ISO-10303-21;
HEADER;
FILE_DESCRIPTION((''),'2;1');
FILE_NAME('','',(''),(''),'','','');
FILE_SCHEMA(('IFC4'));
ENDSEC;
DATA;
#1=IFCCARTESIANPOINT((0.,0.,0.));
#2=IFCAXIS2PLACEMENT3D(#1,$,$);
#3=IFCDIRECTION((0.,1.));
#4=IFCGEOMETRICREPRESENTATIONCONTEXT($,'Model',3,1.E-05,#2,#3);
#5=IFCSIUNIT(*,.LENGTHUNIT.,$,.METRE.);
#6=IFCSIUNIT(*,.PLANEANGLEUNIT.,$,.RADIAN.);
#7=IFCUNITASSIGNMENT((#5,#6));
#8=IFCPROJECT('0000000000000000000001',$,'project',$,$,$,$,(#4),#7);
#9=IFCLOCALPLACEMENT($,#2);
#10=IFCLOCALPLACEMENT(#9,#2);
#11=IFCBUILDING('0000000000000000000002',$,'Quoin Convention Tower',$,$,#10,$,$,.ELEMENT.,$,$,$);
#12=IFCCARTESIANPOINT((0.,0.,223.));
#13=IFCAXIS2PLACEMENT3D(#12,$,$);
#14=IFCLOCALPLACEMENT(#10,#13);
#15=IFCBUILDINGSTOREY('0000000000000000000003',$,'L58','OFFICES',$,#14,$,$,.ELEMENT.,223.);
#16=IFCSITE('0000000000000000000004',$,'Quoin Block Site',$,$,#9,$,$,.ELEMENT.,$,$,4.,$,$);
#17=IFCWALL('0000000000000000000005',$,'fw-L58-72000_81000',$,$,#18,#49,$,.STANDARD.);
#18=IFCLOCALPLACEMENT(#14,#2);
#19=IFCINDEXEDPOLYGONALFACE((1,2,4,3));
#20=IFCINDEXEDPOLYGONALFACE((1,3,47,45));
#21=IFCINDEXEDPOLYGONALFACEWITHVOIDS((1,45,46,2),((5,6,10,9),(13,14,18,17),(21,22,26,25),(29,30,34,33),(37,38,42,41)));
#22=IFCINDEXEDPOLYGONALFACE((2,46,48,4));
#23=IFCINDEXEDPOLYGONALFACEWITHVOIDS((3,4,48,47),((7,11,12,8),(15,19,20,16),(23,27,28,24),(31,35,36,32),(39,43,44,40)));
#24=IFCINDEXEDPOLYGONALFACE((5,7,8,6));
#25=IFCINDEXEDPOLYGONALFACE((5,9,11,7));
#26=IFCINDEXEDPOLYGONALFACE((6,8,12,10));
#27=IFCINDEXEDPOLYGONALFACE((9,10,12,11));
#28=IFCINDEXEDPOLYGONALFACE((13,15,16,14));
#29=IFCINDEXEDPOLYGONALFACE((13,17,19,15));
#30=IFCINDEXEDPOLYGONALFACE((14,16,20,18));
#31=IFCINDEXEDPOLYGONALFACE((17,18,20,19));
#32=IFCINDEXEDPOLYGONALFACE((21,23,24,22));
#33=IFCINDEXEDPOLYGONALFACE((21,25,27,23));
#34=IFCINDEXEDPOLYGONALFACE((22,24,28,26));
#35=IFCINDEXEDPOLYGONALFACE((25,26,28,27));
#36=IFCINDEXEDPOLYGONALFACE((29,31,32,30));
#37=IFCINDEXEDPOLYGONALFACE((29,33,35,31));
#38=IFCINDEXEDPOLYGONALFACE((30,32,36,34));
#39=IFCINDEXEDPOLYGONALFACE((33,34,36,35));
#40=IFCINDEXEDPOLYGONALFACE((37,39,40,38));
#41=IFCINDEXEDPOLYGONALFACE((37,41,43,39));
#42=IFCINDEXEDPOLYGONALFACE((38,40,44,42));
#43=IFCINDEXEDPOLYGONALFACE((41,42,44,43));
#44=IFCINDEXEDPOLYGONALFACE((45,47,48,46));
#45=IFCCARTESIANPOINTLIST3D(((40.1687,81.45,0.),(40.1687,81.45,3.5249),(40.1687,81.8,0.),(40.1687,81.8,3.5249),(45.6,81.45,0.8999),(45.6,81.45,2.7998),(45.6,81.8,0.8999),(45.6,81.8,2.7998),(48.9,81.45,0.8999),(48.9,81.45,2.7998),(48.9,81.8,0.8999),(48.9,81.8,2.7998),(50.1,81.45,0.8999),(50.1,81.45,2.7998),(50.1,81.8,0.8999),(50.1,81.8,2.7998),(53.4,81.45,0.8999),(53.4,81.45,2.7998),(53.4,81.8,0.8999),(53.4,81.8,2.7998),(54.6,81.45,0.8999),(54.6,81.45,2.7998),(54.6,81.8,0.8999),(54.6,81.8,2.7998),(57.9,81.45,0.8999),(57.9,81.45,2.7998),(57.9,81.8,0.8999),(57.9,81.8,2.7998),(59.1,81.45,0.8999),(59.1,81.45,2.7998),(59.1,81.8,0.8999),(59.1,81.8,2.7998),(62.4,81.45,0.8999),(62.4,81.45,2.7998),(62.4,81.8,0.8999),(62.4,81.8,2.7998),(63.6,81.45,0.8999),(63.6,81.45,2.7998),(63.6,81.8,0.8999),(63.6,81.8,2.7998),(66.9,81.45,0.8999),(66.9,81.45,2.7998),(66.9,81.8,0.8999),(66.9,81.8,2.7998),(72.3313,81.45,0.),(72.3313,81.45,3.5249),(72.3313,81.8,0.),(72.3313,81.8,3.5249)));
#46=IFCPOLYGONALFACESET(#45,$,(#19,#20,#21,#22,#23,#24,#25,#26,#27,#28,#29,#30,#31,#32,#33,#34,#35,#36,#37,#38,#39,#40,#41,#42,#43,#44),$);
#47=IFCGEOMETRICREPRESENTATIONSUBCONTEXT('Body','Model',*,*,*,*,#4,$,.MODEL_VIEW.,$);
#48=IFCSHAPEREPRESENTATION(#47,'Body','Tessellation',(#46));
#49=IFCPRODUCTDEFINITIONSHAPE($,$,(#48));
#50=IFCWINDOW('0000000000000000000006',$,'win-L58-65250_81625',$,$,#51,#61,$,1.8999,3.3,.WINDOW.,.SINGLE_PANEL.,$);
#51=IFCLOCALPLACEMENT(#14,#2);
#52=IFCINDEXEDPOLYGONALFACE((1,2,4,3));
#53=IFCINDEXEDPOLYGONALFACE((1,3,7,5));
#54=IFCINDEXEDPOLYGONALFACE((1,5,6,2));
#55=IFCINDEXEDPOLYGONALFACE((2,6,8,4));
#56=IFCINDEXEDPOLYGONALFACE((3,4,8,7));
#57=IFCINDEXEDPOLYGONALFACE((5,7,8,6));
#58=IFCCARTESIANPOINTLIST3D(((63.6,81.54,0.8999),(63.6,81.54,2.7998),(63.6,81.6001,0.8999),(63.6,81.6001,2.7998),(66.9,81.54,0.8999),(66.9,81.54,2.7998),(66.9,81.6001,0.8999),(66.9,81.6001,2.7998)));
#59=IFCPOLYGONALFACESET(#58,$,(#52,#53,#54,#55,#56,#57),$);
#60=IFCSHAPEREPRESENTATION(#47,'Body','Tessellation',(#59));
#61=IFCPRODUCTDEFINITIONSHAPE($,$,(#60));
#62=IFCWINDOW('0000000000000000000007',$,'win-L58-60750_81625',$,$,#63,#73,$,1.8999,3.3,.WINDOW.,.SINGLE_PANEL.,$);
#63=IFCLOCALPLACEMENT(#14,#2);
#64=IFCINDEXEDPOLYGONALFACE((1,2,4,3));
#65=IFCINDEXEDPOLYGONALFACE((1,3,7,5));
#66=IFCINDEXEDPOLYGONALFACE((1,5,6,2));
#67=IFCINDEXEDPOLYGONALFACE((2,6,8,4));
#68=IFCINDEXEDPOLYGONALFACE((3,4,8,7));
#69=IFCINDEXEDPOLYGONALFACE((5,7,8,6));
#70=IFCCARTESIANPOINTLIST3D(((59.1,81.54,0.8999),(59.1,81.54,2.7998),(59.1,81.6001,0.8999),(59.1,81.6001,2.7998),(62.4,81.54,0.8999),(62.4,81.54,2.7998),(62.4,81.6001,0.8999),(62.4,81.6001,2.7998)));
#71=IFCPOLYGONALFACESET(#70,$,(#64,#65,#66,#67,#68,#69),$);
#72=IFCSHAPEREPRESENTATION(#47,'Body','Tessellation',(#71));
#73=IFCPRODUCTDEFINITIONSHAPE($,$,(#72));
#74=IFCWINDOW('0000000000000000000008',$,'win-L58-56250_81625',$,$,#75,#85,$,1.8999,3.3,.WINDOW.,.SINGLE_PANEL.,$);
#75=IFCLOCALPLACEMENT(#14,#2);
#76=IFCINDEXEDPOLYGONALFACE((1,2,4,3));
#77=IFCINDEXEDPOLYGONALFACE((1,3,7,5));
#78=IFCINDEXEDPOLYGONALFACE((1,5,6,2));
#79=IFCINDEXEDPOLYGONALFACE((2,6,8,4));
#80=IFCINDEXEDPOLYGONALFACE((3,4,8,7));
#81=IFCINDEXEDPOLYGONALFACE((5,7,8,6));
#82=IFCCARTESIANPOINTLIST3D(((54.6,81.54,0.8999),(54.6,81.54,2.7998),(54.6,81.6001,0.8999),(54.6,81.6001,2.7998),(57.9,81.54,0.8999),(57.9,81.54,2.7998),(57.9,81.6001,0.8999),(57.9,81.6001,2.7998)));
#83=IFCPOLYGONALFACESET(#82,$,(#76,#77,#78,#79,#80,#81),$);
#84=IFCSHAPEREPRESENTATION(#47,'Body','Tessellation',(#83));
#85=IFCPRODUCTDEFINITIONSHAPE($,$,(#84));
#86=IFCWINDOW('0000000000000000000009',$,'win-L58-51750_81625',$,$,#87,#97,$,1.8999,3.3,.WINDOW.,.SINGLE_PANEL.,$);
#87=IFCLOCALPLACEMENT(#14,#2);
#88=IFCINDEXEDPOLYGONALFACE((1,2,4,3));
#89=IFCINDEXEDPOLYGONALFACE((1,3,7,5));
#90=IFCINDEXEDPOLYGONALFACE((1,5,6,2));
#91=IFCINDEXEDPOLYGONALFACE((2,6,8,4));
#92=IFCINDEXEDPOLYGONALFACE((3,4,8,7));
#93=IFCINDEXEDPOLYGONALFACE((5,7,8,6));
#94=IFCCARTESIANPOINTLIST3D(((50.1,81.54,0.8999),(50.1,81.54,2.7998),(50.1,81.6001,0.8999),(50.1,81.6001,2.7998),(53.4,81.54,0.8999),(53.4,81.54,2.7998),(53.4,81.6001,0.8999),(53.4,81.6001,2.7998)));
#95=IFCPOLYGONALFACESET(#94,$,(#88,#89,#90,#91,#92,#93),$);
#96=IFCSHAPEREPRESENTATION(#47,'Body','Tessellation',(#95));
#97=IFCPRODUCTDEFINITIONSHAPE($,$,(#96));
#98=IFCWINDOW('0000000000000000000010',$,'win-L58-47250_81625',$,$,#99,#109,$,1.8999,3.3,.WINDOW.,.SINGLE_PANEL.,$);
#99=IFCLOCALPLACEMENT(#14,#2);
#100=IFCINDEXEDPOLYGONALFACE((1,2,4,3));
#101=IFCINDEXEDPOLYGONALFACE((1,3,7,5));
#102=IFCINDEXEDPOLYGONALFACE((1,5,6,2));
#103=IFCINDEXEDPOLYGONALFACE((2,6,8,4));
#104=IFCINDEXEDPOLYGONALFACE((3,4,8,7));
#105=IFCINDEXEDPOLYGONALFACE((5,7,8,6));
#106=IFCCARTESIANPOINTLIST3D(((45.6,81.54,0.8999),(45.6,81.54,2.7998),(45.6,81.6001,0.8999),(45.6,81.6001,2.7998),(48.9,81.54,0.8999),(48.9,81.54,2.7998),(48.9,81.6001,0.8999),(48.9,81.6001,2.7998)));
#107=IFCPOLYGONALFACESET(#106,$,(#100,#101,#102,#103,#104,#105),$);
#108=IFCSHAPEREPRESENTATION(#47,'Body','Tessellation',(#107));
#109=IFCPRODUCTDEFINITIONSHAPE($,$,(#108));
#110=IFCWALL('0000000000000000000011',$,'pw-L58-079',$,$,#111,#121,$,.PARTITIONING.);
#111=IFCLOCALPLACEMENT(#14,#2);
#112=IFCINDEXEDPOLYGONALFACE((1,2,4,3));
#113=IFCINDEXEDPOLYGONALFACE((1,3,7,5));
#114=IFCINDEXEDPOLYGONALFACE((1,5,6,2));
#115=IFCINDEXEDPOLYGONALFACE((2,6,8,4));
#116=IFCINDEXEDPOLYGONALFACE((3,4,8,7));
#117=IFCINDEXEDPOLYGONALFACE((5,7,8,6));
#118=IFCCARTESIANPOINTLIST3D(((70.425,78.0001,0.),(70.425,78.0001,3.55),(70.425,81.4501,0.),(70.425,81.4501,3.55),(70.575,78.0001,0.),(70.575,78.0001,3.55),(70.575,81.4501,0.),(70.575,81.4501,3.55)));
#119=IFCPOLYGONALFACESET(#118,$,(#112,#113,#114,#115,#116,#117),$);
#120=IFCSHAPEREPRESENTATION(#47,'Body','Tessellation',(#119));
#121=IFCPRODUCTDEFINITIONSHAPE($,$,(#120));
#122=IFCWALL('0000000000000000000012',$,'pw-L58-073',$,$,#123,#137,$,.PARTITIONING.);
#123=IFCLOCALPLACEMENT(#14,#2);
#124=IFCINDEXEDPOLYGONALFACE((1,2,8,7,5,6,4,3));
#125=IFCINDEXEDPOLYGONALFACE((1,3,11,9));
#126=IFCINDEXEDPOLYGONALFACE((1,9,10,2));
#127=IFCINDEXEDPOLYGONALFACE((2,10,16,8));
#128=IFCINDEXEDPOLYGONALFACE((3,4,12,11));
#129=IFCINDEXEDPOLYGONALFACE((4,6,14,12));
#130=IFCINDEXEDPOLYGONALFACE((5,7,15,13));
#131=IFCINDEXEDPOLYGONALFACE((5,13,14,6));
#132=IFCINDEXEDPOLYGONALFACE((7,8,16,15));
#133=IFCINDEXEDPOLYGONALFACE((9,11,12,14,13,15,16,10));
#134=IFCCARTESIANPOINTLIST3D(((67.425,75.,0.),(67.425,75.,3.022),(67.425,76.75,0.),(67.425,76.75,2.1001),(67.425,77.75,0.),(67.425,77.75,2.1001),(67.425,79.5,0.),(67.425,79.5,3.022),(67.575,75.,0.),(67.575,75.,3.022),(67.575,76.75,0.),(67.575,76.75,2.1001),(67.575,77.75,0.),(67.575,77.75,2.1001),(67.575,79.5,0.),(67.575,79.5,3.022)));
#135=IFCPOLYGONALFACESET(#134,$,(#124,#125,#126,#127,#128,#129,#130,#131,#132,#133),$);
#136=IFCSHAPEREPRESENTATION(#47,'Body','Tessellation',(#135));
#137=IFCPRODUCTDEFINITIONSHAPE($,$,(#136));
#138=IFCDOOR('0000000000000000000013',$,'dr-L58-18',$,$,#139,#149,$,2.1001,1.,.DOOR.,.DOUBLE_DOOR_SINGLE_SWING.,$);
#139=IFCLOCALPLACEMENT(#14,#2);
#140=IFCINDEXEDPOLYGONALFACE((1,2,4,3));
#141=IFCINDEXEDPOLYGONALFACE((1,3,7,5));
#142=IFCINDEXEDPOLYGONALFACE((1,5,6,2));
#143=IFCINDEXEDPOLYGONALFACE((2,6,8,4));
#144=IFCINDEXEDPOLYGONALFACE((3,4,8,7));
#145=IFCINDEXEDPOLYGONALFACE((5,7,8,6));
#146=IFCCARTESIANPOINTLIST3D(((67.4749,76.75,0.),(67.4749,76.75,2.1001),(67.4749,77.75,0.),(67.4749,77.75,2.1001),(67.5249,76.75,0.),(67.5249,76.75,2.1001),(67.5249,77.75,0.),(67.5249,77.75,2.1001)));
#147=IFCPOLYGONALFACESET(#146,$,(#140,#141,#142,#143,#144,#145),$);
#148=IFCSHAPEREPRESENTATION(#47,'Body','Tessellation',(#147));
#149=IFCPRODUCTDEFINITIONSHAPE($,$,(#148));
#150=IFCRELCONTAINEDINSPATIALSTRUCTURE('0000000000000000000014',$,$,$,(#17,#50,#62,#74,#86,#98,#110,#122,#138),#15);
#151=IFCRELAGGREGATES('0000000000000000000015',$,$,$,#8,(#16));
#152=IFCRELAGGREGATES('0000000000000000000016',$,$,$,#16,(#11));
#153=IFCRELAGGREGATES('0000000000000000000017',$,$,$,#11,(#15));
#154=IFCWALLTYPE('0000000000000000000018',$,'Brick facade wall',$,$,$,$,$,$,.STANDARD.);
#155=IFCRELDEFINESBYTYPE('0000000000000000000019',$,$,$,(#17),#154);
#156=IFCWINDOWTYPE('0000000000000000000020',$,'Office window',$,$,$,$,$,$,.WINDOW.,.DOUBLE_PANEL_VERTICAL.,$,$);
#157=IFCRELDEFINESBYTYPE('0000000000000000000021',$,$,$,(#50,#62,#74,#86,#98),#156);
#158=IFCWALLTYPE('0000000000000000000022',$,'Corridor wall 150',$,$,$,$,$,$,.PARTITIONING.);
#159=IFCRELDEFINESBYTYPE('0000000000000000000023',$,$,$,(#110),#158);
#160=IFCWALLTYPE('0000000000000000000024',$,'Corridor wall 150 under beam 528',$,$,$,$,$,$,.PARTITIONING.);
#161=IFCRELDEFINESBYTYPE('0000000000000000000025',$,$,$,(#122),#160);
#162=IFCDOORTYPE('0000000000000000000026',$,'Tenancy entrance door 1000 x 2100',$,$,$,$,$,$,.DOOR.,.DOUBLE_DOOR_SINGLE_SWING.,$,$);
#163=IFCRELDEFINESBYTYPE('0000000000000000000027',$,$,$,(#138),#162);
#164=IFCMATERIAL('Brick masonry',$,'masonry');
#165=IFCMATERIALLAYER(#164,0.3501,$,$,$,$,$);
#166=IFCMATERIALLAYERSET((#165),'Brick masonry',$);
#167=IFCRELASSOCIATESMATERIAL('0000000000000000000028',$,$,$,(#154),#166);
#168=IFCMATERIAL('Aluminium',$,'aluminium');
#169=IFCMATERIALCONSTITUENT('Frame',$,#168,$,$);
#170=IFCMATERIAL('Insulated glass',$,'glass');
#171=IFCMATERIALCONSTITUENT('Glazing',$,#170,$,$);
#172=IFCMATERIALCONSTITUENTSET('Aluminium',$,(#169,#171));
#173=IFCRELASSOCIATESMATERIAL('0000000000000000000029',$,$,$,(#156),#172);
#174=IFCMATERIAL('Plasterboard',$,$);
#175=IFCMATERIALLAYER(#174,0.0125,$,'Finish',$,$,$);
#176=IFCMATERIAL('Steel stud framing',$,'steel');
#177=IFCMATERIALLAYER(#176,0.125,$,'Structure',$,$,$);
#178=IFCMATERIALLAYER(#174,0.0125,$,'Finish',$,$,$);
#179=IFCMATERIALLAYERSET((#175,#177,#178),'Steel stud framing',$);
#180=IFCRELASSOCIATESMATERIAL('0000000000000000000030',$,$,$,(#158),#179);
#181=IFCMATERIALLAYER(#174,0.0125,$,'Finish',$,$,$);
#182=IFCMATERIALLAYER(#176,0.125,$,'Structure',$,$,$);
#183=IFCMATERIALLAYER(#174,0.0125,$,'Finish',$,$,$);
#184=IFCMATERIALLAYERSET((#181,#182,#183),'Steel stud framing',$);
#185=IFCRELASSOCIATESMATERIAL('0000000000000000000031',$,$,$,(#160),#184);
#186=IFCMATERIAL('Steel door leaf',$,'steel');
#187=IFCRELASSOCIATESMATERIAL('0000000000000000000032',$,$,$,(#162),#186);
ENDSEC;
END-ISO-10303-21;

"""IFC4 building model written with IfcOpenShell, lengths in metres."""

from ifc_helpers import new_model, si_unit, direction, frame, frame_2d, origin, place, context, subcontext, project, spatial, rectangle, extrude, material, layer, layer_set, constituent, constituent_set, type_object, element, fill, save


model = new_model("IFC4")

# Units and contexts
model_context = context("Model", 3, precision=1e-05, world=origin(), true_north=direction((0.0, 1.0)))
body_context = subcontext(model_context, "Body", "Model", "MODEL_VIEW")
ifc_project = project(units=[si_unit("LENGTHUNIT", "METRE"), si_unit("PLANEANGLEUNIT", "RADIAN")], contexts=[model_context])

# Site, building, storey
site_placement = place(None, origin())
site = spatial("IfcSite", under=ifc_project, at=site_placement, Name="Quoin Block Site", CompositionType="ELEMENT", RefElevation=4.0)
building_placement = place(site_placement, origin())
building = spatial("IfcBuilding", under=site, at=building_placement, Name="Quoin Convention Tower", CompositionType="ELEMENT")
storey_placement = place(building_placement, frame((0.0, 0.0, 223.0)))
storey = spatial("IfcBuildingStorey", under=building, at=storey_placement, Name="L58", Description="OFFICES", CompositionType="ELEMENT", Elevation=223.0)

# Shared definitions
ifc_material_1 = material(Name="Plasterboard")
ifc_material_2 = material(Name="Steel stud framing", Category="steel")

# Shared definitions
ifc_material_3 = material(Name="Steel door leaf", Category="steel")

# Shared definitions
ifc_material_4 = material(Name="Brick masonry", Category="masonry")
ifc_layer_1 = layer(ifc_material_4, 0.3501)
ifc_layer_set_1 = layer_set([ifc_layer_1], Name="Brick masonry")
wall_type_1 = type_object("IfcWallType", Name="Brick facade wall", PredefinedType="STANDARD", material=ifc_layer_set_1)
ifc_material_5 = material(Name="Aluminium", Category="aluminium")
ifc_constituent_1 = constituent(ifc_material_5, Name="Frame")
ifc_material_6 = material(Name="Insulated glass", Category="glass")
ifc_constituent_2 = constituent(ifc_material_6, Name="Glazing")
ifc_constituent_set = constituent_set(constituents=[ifc_constituent_1, ifc_constituent_2], Name="Aluminium")
window_type = type_object("IfcWindowType", Name="Office window", PartitioningType="DOUBLE_PANEL_VERTICAL", PredefinedType="WINDOW", material=ifc_constituent_set)

# Wall, openings, windows
wall_1_placement = place(storey_placement, frame((72.3313, 81.625, 0.0), z_axis=(0.0, 0.0, 1.0), x_axis=(-1.0, 0.0, 0.0)))
wall_1 = element("IfcWall", 1, at=wall_1_placement, inside=storey, type_object=wall_type_1, Name="fw-L58-72000_81000", PredefinedType="STANDARD", context=body_context, shape_type="SweptSolid", body=[
    extrude(rectangle(XDim=32.1626, YDim=0.3501, at=frame_2d((16.0813, 0.0))), origin(), (0.0, 0.0, 1.0), 3.5249),
])
opening_1_placement = place(wall_1_placement, frame((5.4314, 0.0, 0.8999)))
opening_1 = element("IfcOpeningElement", 2, at=opening_1_placement, cuts=wall_1, PredefinedType="OPENING", context=body_context, shape_type="SweptSolid", body=[
    extrude(rectangle(XDim=3.3, YDim=1.8999, at=frame_2d((1.6499, 0.95))), frame((0.0, 0.1851, 0.0), z_axis=(0.0, -1.0, 0.0), x_axis=(1.0, 0.0, 0.0)), (0.0, 0.0, 1.0), 0.3701),
])
opening_2_placement = place(wall_1_placement, frame((9.9314, 0.0, 0.8999)))
opening_2 = element("IfcOpeningElement", 3, at=opening_2_placement, cuts=wall_1, PredefinedType="OPENING", context=body_context, shape_type="SweptSolid", body=[
    extrude(rectangle(XDim=3.3, YDim=1.8999, at=frame_2d((1.6499, 0.95))), frame((0.0, 0.1851, 0.0), z_axis=(0.0, -1.0, 0.0), x_axis=(1.0, 0.0, 0.0)), (0.0, 0.0, 1.0), 0.3701),
])
opening_3_placement = place(wall_1_placement, frame((14.4314, 0.0, 0.8999)))
opening_3 = element("IfcOpeningElement", 4, at=opening_3_placement, cuts=wall_1, PredefinedType="OPENING", context=body_context, shape_type="SweptSolid", body=[
    extrude(rectangle(XDim=3.3, YDim=1.8999, at=frame_2d((1.6499, 0.95))), frame((0.0, 0.1851, 0.0), z_axis=(0.0, -1.0, 0.0), x_axis=(1.0, 0.0, 0.0)), (0.0, 0.0, 1.0), 0.3701),
])
opening_4_placement = place(wall_1_placement, frame((18.9314, 0.0, 0.8999)))
opening_4 = element("IfcOpeningElement", 5, at=opening_4_placement, cuts=wall_1, PredefinedType="OPENING", context=body_context, shape_type="SweptSolid", body=[
    extrude(rectangle(XDim=3.3, YDim=1.8999, at=frame_2d((1.6499, 0.95))), frame((0.0, 0.1851, 0.0), z_axis=(0.0, -1.0, 0.0), x_axis=(1.0, 0.0, 0.0)), (0.0, 0.0, 1.0), 0.3701),
])
opening_5_placement = place(wall_1_placement, frame((23.4314, 0.0, 0.8999)))
opening_5 = element("IfcOpeningElement", 6, at=opening_5_placement, cuts=wall_1, PredefinedType="OPENING", context=body_context, shape_type="SweptSolid", body=[
    extrude(rectangle(XDim=3.3, YDim=1.8999, at=frame_2d((1.6499, 0.95))), frame((0.0, 0.1851, 0.0), z_axis=(0.0, -1.0, 0.0), x_axis=(1.0, 0.0, 0.0)), (0.0, 0.0, 1.0), 0.3701),
])
window_1_placement = place(opening_1_placement, origin())
window_1 = element("IfcWindow", 7, at=window_1_placement, inside=storey, type_object=window_type, Name="win-L58-65250_81625", OverallHeight=1.8999, OverallWidth=3.3, PartitioningType="SINGLE_PANEL", PredefinedType="WINDOW", context=body_context, shape_type="SweptSolid", body=[
    extrude(rectangle(XDim=3.3, YDim=1.8999, at=frame_2d((1.6499, 0.95))), frame((0.0, 0.085, 0.0), z_axis=(0.0, -1.0, 0.0), x_axis=(1.0, 0.0, 0.0)), (0.0, 0.0, 1.0), 0.0601),
])
fill(opening_1, window_1)
window_2_placement = place(opening_2_placement, origin())
window_2 = element("IfcWindow", 8, at=window_2_placement, inside=storey, type_object=window_type, Name="win-L58-60750_81625", OverallHeight=1.8999, OverallWidth=3.3, PartitioningType="SINGLE_PANEL", PredefinedType="WINDOW", context=body_context, shape_type="SweptSolid", body=[
    extrude(rectangle(XDim=3.3, YDim=1.8999, at=frame_2d((1.6499, 0.95))), frame((0.0, 0.085, 0.0), z_axis=(0.0, -1.0, 0.0), x_axis=(1.0, 0.0, 0.0)), (0.0, 0.0, 1.0), 0.0601),
])
fill(opening_2, window_2)
window_3_placement = place(opening_3_placement, origin())
window_3 = element("IfcWindow", 9, at=window_3_placement, inside=storey, type_object=window_type, Name="win-L58-56250_81625", OverallHeight=1.8999, OverallWidth=3.3, PartitioningType="SINGLE_PANEL", PredefinedType="WINDOW", context=body_context, shape_type="SweptSolid", body=[
    extrude(rectangle(XDim=3.3, YDim=1.8999, at=frame_2d((1.6499, 0.95))), frame((0.0, 0.085, 0.0), z_axis=(0.0, -1.0, 0.0), x_axis=(1.0, 0.0, 0.0)), (0.0, 0.0, 1.0), 0.0601),
])
fill(opening_3, window_3)
window_4_placement = place(opening_4_placement, origin())
window_4 = element("IfcWindow", 10, at=window_4_placement, inside=storey, type_object=window_type, Name="win-L58-51750_81625", OverallHeight=1.8999, OverallWidth=3.3, PartitioningType="SINGLE_PANEL", PredefinedType="WINDOW", context=body_context, shape_type="SweptSolid", body=[
    extrude(rectangle(XDim=3.3, YDim=1.8999, at=frame_2d((1.6499, 0.95))), frame((0.0, 0.085, 0.0), z_axis=(0.0, -1.0, 0.0), x_axis=(1.0, 0.0, 0.0)), (0.0, 0.0, 1.0), 0.0601),
])
fill(opening_4, window_4)
window_5_placement = place(opening_5_placement, origin())
window_5 = element("IfcWindow", 11, at=window_5_placement, inside=storey, type_object=window_type, Name="win-L58-47250_81625", OverallHeight=1.8999, OverallWidth=3.3, PartitioningType="SINGLE_PANEL", PredefinedType="WINDOW", context=body_context, shape_type="SweptSolid", body=[
    extrude(rectangle(XDim=3.3, YDim=1.8999, at=frame_2d((1.6499, 0.95))), frame((0.0, 0.085, 0.0), z_axis=(0.0, -1.0, 0.0), x_axis=(1.0, 0.0, 0.0)), (0.0, 0.0, 1.0), 0.0601),
])
fill(opening_5, window_5)

# Wall
ifc_layer_2 = layer(ifc_material_1, 0.0125, Name="Finish")
ifc_layer_3 = layer(ifc_material_2, 0.125, Name="Structure")
ifc_layer_4 = layer(ifc_material_1, 0.0125, Name="Finish")
ifc_layer_set_2 = layer_set([ifc_layer_2, ifc_layer_3, ifc_layer_4], Name="Steel stud framing")
wall_type_2 = type_object("IfcWallType", Name="Corridor wall 150", PredefinedType="PARTITIONING", material=ifc_layer_set_2)
wall_2_placement = place(storey_placement, frame((70.5, 78.0, 0.0), z_axis=(0.0, 0.0, 1.0), x_axis=(0.0, 1.0, 0.0)))
element("IfcWall", 12, at=wall_2_placement, inside=storey, type_object=wall_type_2, Name="pw-L58-079", PredefinedType="PARTITIONING", context=body_context, shape_type="SweptSolid", body=[
    extrude(rectangle(XDim=3.45, YDim=0.1499, at=frame_2d((1.7251, 0.0))), origin(), (0.0, 0.0, 1.0), 3.55),
])

# Wall, opening, door
ifc_layer_5 = layer(ifc_material_1, 0.0125, Name="Finish")
ifc_layer_6 = layer(ifc_material_2, 0.125, Name="Structure")
ifc_layer_7 = layer(ifc_material_1, 0.0125, Name="Finish")
ifc_layer_set_3 = layer_set([ifc_layer_5, ifc_layer_6, ifc_layer_7], Name="Steel stud framing")
wall_type_3 = type_object("IfcWallType", Name="Corridor wall 150 under beam 528", PredefinedType="PARTITIONING", material=ifc_layer_set_3)
wall_3_placement = place(storey_placement, frame((67.5, 75.0, 0.0), z_axis=(0.0, 0.0, 1.0), x_axis=(0.0, 1.0, 0.0)))
wall_3 = element("IfcWall", 13, at=wall_3_placement, inside=storey, type_object=wall_type_3, Name="pw-L58-073", PredefinedType="PARTITIONING", context=body_context, shape_type="SweptSolid", body=[
    extrude(rectangle(XDim=4.5, YDim=0.1499, at=frame_2d((2.25, 0.0))), origin(), (0.0, 0.0, 1.0), 3.022),
])
opening_6_placement = place(wall_3_placement, frame((1.75, 0.0, 0.0)))
opening_6 = element("IfcOpeningElement", 14, at=opening_6_placement, cuts=wall_3, PredefinedType="OPENING", context=body_context, shape_type="SweptSolid", body=[
    extrude(rectangle(XDim=1.0, YDim=2.1001, at=frame_2d((0.5, 1.05))), frame((0.0, 0.085, 0.0), z_axis=(0.0, -1.0, 0.0), x_axis=(1.0, 0.0, 0.0)), (0.0, 0.0, 1.0), 0.1699),
])
door_type_1 = type_object("IfcDoorType", Name="Tenancy entrance door 1000 x 2100", OperationType="DOUBLE_DOOR_SINGLE_SWING", PredefinedType="DOOR", material=ifc_material_3)
door_1_placement = place(opening_6_placement, frame((1.0, 0.0, 0.0), z_axis=(0.0, 0.0, 1.0), x_axis=(-1.0, 0.0, 0.0)))
door_1 = element("IfcDoor", 15, at=door_1_placement, inside=storey, type_object=door_type_1, Name="dr-L58-18", OperationType="DOUBLE_DOOR_SINGLE_SWING", OverallHeight=2.1001, OverallWidth=1.0, PredefinedType="DOOR", context=body_context, shape_type="SweptSolid", body=[
    extrude(rectangle(XDim=1.0, YDim=2.1001, at=frame_2d((0.5, 1.05))), frame((0.0, 0.0249, 0.0), z_axis=(0.0, -1.0, 0.0), x_axis=(1.0, 0.0, 0.0)), (0.0, 0.0, 1.0), 0.05),
])
fill(opening_6, door_1)

save(model, "model.ifc")
